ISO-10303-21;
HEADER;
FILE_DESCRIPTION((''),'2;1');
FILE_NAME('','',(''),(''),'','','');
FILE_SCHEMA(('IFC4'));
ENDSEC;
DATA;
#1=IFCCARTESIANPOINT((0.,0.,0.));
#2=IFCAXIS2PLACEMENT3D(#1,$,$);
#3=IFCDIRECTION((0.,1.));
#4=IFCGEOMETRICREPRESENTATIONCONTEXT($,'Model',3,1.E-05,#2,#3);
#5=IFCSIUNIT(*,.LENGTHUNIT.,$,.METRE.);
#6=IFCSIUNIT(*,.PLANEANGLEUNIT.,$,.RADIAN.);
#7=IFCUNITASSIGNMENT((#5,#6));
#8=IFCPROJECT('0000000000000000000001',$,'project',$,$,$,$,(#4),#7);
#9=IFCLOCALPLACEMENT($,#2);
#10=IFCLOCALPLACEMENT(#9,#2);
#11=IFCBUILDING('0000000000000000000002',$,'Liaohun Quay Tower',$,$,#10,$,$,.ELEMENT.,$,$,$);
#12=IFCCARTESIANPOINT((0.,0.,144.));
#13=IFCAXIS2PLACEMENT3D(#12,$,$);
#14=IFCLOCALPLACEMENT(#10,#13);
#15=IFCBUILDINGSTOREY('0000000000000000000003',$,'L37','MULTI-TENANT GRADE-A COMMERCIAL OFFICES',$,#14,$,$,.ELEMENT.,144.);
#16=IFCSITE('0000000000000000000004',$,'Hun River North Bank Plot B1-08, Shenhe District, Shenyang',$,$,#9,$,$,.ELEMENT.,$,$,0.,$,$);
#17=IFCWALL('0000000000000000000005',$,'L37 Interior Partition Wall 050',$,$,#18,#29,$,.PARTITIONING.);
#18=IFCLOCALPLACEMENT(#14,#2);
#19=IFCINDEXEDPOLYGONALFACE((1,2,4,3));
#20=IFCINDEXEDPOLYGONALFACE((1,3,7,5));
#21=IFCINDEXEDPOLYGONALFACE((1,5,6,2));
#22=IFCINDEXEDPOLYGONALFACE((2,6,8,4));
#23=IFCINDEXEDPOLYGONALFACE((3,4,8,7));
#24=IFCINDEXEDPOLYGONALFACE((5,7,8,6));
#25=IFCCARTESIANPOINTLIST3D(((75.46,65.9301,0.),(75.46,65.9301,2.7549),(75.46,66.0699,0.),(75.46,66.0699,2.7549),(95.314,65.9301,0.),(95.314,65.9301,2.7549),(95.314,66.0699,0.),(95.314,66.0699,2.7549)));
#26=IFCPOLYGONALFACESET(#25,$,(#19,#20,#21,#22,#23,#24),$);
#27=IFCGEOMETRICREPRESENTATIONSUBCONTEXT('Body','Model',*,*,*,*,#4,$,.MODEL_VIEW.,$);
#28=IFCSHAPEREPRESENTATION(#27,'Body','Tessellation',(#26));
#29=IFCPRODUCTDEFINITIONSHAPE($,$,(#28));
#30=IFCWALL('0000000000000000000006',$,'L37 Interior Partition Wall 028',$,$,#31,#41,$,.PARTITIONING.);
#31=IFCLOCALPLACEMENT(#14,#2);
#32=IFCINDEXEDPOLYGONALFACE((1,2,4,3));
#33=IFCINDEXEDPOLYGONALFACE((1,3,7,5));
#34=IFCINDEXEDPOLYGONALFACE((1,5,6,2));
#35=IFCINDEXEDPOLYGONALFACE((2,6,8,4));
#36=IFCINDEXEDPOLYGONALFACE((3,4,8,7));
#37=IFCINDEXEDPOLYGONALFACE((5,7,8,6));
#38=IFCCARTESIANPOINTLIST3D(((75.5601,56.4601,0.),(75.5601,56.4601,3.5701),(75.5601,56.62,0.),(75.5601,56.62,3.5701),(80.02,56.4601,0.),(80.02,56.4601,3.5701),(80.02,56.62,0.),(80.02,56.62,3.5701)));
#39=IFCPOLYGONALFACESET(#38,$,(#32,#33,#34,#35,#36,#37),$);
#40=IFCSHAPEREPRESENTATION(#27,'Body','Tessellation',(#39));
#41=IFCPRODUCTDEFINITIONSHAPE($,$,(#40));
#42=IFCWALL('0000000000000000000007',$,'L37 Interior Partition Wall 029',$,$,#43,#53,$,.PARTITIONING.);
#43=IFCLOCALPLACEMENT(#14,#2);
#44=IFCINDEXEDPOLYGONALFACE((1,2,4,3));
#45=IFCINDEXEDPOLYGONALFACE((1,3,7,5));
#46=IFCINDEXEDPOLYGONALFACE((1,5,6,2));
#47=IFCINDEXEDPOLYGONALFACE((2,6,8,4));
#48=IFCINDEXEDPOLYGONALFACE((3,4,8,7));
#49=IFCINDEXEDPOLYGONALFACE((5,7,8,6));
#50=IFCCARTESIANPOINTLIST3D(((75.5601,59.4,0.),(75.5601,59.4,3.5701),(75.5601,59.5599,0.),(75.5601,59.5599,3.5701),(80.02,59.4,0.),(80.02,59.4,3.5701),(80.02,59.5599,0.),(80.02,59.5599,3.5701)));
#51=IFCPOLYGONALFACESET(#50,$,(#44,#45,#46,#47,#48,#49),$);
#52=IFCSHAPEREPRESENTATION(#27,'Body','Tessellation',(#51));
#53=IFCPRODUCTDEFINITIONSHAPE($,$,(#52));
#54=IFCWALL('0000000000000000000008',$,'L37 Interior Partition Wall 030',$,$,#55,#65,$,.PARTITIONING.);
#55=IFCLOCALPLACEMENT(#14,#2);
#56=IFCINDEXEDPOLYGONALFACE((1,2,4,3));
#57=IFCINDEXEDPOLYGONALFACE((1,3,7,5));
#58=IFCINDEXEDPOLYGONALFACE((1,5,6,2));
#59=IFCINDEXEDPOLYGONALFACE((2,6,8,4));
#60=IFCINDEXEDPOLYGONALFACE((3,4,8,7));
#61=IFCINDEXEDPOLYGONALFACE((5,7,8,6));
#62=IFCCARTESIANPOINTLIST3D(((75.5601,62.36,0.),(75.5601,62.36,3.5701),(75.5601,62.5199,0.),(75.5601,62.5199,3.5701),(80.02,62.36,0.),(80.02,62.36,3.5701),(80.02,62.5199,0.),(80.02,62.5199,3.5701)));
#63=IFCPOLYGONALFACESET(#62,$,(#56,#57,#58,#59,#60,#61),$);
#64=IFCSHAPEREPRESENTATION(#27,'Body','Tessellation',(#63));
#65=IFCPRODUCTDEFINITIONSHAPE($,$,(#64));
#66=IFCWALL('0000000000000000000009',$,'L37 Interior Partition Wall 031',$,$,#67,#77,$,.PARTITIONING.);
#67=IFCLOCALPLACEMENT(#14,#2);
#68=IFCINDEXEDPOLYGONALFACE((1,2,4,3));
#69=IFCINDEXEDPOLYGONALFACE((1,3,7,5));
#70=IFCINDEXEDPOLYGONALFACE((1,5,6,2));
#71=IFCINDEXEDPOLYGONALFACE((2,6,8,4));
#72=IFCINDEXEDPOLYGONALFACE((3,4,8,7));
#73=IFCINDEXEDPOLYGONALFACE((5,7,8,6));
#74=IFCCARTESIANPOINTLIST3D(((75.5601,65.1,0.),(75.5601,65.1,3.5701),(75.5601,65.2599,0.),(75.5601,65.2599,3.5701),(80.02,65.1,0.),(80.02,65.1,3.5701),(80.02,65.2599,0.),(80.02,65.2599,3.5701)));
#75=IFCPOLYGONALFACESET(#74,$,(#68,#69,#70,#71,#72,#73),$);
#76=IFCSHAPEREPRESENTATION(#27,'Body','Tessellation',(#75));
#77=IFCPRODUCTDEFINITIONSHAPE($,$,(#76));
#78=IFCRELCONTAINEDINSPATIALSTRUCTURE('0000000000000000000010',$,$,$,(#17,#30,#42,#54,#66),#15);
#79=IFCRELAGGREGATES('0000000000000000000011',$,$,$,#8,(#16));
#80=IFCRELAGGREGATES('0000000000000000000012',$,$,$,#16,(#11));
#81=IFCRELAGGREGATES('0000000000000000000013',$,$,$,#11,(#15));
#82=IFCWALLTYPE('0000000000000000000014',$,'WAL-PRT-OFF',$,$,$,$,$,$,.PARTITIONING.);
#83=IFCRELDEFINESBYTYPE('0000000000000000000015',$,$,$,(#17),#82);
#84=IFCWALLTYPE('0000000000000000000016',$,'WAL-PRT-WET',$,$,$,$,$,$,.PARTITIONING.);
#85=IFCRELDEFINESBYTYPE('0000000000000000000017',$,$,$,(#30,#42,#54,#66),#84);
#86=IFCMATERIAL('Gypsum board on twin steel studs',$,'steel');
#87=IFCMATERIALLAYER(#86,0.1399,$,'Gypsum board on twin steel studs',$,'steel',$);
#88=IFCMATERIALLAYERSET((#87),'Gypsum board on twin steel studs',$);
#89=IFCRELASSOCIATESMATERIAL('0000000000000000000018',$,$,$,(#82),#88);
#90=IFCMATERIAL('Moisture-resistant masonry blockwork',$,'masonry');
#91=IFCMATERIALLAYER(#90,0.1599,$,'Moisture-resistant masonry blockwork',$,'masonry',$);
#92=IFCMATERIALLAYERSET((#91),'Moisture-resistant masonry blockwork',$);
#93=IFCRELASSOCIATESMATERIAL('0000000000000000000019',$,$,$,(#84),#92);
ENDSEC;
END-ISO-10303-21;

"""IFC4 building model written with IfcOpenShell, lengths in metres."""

from ifc_helpers import new_model, si_unit, direction, frame, frame_2d, origin, place, context, subcontext, project, spatial, rectangle, extrude, material, layer, layer_set, type_object, element, save


model = new_model("IFC4")

# Units and contexts
model_context = context("Model", 3, precision=1e-05, world=origin(), true_north=direction((0.0, 1.0)))
body_context = subcontext(model_context, "Body", "Model", "MODEL_VIEW")
ifc_project = project(units=[si_unit("LENGTHUNIT", "METRE"), si_unit("PLANEANGLEUNIT", "RADIAN")], contexts=[model_context])

# Site, building, storey
site_placement = place(None, origin())
site = spatial("IfcSite", under=ifc_project, at=site_placement, Name="Hun River North Bank Plot B1-08, Shenhe District, Shenyang", CompositionType="ELEMENT", RefElevation=0.0)
building_placement = place(site_placement, origin())
building = spatial("IfcBuilding", under=site, at=building_placement, Name="Liaohun Quay Tower", CompositionType="ELEMENT")
storey_placement = place(building_placement, frame((0.0, 0.0, 144.0)))
storey = spatial("IfcBuildingStorey", under=building, at=storey_placement, Name="L37", Description="MULTI-TENANT GRADE-A COMMERCIAL OFFICES", CompositionType="ELEMENT", Elevation=144.0)

# Wall
ifc_material_1 = material(Name="Gypsum board on twin steel studs", Category="steel")
ifc_layer_1 = layer(ifc_material_1, 0.1399, Name="Gypsum board on twin steel studs", Category="steel")
ifc_layer_set_1 = layer_set([ifc_layer_1], Name="Gypsum board on twin steel studs")
wall_type_1 = type_object("IfcWallType", Name="WAL-PRT-OFF", PredefinedType="PARTITIONING", material=ifc_layer_set_1)
wall_1_placement = place(storey_placement, frame((75.46, 66.0, 0.0), z_axis=(0.0, 0.0, 1.0), x_axis=(1.0, 0.0, 0.0)))
element("IfcWall", 1, at=wall_1_placement, inside=storey, type_object=wall_type_1, Name="L37 Interior Partition Wall 050", PredefinedType="PARTITIONING", context=body_context, shape_type="SweptSolid", body=[
    extrude(rectangle(XDim=19.854, YDim=0.1399, at=frame_2d((9.927, 0.0))), origin(), (0.0, 0.0, 1.0), 2.7549),
])

# Shared definitions
ifc_material_2 = material(Name="Moisture-resistant masonry blockwork", Category="masonry")
ifc_layer_2 = layer(ifc_material_2, 0.1599, Name="Moisture-resistant masonry blockwork", Category="masonry")
ifc_layer_set_2 = layer_set([ifc_layer_2], Name="Moisture-resistant masonry blockwork")
wall_type_2 = type_object("IfcWallType", Name="WAL-PRT-WET", PredefinedType="PARTITIONING", material=ifc_layer_set_2)

# Walls
for number, where, z_axis, x_axis, name in (
    (2, (75.5601, 56.54, 0.0), (0.0, 0.0, 1.0), (1.0, 0.0, 0.0), "L37 Interior Partition Wall 028"),
    (3, (75.5601, 59.48, 0.0), (0.0, 0.0, 1.0), (1.0, 0.0, 0.0), "L37 Interior Partition Wall 029"),
    (4, (75.5601, 62.4399, 0.0), (0.0, 0.0, 1.0), (1.0, 0.0, 0.0), "L37 Interior Partition Wall 030"),
    (5, (75.5601, 65.1799, 0.0), (0.0, 0.0, 1.0), (1.0, 0.0, 0.0), "L37 Interior Partition Wall 031"),
):
    element("IfcWall", number, at=place(storey_placement, frame(where, z_axis=z_axis, x_axis=x_axis)), inside=storey, type_object=wall_type_2, Name=name, PredefinedType="PARTITIONING", context=body_context, shape_type="SweptSolid", body=[
        extrude(rectangle(XDim=4.46, YDim=0.1599, at=frame_2d((2.23, 0.0))), origin(), (0.0, 0.0, 1.0), 3.5701),
    ])

save(model, "model.ifc")
